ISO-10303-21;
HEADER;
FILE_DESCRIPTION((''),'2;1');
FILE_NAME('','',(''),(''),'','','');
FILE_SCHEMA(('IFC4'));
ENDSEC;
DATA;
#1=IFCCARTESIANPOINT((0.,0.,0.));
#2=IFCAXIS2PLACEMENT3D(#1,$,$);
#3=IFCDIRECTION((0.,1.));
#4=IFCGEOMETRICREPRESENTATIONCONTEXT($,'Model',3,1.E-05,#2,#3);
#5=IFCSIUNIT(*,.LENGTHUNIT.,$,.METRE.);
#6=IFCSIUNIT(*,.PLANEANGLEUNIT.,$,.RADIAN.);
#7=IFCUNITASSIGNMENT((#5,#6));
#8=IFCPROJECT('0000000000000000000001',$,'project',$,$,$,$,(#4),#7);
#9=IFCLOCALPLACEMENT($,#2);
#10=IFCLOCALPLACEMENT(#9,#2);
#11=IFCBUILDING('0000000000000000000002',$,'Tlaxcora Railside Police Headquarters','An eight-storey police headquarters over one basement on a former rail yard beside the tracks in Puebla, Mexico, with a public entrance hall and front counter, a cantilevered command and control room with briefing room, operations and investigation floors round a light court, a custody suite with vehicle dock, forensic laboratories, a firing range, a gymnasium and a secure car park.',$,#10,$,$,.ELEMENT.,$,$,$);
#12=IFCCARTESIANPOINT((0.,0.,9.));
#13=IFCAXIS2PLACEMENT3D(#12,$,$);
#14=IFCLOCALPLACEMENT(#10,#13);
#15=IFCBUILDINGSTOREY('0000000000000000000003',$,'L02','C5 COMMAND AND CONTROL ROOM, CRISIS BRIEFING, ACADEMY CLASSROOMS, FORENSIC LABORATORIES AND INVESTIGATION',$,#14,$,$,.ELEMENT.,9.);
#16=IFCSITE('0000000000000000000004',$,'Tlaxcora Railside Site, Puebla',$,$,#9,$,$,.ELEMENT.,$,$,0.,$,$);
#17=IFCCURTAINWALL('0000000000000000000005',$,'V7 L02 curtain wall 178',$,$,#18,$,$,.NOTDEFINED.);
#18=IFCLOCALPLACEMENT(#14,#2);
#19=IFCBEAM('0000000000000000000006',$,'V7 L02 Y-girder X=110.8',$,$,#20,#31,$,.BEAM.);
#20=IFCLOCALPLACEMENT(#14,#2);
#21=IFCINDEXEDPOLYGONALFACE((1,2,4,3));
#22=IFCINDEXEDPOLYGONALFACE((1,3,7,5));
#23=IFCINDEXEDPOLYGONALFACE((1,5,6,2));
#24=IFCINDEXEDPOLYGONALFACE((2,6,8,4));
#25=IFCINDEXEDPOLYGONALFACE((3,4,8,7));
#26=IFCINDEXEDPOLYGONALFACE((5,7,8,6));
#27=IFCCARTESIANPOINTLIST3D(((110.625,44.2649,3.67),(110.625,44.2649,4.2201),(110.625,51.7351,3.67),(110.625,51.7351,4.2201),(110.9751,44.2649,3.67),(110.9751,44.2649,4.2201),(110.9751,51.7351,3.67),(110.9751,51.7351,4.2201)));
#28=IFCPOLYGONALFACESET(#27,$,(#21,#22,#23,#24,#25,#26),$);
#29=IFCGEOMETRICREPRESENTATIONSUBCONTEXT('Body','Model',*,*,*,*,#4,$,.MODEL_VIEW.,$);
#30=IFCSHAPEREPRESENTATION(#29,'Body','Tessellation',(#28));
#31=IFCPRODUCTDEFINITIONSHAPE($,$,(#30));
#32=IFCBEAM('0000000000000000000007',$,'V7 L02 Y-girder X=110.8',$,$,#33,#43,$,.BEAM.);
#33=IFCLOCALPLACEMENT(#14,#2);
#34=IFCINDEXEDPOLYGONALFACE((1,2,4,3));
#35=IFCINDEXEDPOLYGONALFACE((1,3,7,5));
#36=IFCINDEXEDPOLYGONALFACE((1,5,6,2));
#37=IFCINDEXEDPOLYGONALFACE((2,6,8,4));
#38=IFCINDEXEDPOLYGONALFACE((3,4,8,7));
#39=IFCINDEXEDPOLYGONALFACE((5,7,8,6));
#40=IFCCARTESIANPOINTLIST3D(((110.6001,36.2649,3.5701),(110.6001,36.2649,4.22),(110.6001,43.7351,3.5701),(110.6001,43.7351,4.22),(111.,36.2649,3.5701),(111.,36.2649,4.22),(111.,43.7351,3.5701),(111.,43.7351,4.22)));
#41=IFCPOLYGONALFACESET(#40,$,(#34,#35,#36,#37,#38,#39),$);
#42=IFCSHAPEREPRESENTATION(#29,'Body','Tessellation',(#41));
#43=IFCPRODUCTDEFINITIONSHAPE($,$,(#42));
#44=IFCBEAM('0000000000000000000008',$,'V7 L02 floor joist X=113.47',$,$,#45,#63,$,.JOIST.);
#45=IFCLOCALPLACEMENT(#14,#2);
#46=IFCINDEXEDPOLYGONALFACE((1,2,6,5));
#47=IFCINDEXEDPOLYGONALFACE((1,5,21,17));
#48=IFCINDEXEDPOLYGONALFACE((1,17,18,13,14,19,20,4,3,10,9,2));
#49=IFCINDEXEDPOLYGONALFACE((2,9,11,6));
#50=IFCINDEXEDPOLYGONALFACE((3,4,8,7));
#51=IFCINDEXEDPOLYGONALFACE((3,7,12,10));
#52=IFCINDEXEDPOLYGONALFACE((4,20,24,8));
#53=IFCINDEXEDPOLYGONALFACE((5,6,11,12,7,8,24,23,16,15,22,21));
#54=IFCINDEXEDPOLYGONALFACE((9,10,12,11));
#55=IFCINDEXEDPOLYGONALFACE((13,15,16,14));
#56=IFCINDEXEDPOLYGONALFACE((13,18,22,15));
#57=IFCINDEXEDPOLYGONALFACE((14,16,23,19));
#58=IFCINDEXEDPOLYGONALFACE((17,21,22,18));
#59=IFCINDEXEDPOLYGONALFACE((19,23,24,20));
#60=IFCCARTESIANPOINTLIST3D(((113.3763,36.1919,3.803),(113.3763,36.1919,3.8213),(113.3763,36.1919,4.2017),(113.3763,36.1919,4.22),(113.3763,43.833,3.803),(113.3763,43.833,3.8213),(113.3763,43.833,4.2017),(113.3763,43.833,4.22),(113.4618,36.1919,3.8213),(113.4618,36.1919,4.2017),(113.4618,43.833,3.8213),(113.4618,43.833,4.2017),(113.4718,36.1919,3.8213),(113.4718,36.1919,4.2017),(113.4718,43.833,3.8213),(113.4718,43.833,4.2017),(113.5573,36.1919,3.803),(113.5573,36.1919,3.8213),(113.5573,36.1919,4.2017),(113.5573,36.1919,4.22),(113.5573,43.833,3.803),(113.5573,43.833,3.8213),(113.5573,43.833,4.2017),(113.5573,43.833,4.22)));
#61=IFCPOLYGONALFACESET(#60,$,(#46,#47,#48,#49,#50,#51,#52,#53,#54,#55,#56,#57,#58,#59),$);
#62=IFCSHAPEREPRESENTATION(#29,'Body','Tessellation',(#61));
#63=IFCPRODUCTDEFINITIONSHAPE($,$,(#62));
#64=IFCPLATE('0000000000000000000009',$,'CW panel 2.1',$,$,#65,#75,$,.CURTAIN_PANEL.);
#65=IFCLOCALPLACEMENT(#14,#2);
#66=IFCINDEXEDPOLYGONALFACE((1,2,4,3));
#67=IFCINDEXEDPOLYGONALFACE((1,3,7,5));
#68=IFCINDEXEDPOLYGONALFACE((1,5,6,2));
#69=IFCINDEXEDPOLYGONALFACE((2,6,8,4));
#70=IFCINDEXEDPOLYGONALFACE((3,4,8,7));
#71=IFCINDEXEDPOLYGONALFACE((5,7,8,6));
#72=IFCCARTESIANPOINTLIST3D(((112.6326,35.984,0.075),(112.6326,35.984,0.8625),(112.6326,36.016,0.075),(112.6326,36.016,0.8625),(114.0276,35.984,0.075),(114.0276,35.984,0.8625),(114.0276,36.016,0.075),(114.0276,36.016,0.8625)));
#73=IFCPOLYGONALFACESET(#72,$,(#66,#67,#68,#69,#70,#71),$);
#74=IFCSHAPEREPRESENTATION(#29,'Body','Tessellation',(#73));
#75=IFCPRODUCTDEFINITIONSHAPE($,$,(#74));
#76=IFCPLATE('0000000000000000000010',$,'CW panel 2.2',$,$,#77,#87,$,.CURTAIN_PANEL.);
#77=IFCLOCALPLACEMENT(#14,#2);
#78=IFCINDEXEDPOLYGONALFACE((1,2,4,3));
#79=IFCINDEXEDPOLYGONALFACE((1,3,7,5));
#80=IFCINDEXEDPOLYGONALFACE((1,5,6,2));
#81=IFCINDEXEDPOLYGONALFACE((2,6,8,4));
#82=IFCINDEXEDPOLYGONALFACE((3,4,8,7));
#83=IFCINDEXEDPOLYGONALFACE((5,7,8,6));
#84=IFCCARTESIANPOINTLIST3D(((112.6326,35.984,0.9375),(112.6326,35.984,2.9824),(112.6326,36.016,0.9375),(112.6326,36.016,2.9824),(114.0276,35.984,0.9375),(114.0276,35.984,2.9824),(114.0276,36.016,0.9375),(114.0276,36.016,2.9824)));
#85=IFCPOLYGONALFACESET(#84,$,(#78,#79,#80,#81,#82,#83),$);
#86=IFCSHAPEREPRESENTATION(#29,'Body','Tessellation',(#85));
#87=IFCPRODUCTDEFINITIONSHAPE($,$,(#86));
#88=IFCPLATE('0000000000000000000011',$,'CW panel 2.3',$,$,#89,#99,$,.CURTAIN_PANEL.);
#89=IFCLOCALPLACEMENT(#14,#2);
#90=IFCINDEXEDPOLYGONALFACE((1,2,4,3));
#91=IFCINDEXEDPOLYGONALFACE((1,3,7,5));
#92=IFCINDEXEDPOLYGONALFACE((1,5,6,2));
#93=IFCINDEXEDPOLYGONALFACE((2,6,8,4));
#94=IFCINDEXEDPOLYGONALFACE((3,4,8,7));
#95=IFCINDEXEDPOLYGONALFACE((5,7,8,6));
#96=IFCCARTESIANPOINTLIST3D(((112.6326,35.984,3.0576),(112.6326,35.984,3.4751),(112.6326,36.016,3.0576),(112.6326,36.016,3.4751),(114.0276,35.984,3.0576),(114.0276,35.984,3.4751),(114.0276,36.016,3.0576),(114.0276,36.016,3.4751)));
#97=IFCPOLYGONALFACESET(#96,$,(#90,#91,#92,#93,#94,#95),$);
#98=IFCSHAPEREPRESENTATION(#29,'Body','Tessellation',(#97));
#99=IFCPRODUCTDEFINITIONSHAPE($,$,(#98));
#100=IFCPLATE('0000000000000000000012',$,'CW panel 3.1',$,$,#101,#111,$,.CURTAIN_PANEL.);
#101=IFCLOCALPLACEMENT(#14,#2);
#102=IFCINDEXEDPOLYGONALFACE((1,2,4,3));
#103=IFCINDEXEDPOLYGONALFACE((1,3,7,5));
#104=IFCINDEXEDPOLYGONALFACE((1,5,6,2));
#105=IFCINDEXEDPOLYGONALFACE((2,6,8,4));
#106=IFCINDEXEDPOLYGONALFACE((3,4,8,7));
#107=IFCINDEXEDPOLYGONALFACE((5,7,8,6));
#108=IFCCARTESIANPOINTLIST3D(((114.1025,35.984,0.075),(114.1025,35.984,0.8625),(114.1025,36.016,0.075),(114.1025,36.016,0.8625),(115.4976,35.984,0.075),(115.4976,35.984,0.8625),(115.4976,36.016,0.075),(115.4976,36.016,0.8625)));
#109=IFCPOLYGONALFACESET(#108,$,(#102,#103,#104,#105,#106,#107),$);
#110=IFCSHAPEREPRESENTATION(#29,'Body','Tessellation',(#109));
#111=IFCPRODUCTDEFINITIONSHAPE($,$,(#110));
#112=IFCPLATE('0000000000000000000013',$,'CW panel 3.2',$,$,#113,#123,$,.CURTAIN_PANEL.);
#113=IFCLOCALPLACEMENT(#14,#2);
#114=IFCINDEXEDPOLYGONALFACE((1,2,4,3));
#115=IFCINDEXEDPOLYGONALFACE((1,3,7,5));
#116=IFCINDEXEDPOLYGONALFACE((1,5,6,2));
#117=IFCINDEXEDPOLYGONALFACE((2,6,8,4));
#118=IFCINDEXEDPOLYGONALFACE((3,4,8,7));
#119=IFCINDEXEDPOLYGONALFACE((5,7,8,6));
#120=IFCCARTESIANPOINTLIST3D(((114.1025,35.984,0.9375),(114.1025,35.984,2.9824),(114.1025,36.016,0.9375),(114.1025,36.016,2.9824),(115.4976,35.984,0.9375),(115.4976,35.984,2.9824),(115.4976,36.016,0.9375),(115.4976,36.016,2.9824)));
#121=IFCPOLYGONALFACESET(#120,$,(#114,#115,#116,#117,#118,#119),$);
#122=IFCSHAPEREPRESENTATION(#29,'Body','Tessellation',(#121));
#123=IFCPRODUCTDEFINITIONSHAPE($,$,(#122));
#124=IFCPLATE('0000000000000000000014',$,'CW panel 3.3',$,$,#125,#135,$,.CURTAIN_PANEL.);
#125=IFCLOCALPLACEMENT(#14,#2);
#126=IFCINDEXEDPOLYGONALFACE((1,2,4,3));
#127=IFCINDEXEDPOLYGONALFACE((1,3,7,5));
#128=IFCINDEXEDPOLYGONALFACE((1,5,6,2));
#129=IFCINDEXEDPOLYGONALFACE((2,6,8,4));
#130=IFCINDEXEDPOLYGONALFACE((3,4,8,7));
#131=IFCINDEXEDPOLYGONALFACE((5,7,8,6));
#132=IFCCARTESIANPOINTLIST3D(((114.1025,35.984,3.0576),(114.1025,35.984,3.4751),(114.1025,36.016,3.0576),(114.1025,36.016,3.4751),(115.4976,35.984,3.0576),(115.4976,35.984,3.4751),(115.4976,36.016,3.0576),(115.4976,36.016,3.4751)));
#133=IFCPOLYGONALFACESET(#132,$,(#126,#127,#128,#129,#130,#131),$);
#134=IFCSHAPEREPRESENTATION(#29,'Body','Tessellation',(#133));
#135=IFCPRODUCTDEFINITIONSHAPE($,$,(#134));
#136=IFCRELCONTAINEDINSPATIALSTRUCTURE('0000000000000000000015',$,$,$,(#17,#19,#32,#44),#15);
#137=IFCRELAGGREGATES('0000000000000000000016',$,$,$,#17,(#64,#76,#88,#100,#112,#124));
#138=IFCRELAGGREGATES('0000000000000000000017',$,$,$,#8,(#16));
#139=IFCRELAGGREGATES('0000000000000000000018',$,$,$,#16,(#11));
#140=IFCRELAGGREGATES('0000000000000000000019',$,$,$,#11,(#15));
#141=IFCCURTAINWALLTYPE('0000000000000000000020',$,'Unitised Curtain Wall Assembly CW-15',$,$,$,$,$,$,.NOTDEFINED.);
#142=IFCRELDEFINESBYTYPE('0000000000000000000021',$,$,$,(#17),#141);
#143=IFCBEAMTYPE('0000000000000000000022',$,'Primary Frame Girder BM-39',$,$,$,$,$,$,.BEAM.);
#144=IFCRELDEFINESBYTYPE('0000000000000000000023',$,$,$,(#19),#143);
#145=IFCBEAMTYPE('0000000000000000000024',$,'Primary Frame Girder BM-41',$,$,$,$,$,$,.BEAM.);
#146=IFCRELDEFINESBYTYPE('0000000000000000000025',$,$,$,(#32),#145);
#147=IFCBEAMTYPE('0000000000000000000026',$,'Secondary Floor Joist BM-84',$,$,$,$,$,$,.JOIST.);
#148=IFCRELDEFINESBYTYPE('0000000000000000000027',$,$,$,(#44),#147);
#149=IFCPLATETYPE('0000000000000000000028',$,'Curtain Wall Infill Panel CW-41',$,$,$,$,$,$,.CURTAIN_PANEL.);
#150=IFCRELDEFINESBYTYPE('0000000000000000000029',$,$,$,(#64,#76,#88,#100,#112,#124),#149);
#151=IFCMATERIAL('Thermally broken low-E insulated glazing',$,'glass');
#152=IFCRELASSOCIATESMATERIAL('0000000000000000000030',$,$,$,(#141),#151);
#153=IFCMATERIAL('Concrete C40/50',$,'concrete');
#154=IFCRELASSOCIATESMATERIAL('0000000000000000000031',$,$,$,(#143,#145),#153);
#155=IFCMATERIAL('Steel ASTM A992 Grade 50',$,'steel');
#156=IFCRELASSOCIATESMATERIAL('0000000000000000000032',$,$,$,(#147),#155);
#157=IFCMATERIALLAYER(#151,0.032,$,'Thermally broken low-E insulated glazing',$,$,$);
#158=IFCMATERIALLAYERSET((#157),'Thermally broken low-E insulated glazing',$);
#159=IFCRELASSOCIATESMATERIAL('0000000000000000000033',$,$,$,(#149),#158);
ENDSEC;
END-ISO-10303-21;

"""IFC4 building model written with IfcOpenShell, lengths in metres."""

from ifc_helpers import new_model, si_unit, direction, frame, origin, origin_2d, place, context, subcontext, project, spatial, rectangle, i_section, extrude, material, layer, layer_set, material_profile, profile_set, type_object, element, aggregate, save


model = new_model("IFC4")

# Units and contexts
model_context = context("Model", 3, precision=1e-05, world=origin(), true_north=direction((0.0, 1.0)))
body_context = subcontext(model_context, "Body", "Model", "MODEL_VIEW")
ifc_project = project(units=[si_unit("LENGTHUNIT", "METRE"), si_unit("PLANEANGLEUNIT", "RADIAN")], contexts=[model_context])

# Site, building, storey
site_placement = place(None, origin())
site = spatial("IfcSite", under=ifc_project, at=site_placement, Name="Tlaxcora Railside Site, Puebla", CompositionType="ELEMENT", RefElevation=0.0)
building_placement = place(site_placement, origin())
building = spatial("IfcBuilding", under=site, at=building_placement, Name="Tlaxcora Railside Police Headquarters", Description="An eight-storey police headquarters over one basement on a former rail yard beside the tracks in Puebla, Mexico, with a public entrance hall and front counter, a cantilevered command and control room with briefing room, operations and investigation floors round a light court, a custody suite with vehicle dock, forensic laboratories, a firing range, a gymnasium and a secure car park.", CompositionType="ELEMENT")
storey_placement = place(building_placement, frame((0.0, 0.0, 9.0)))
storey = spatial("IfcBuildingStorey", under=building, at=storey_placement, Name="L02", Description="C5 COMMAND AND CONTROL ROOM, CRISIS BRIEFING, ACADEMY CLASSROOMS, FORENSIC LABORATORIES AND INVESTIGATION", CompositionType="ELEMENT", Elevation=9.0)

# Shared definitions
ifc_material_1 = material(Name="Concrete C40/50", Category="concrete")

# Curtain wall
ifc_material_2 = material(Name="Thermally broken low-E insulated glazing", Category="glass")
curtain_wall_type = type_object("IfcCurtainWallType", Name="Unitised Curtain Wall Assembly CW-15", PredefinedType="NOTDEFINED", material=ifc_material_2)
curtain_wall_placement = place(storey_placement, origin())
curtain_wall = element("IfcCurtainWall", 1, at=curtain_wall_placement, inside=storey, type_object=curtain_wall_type, Name="V7 L02 curtain wall 178", PredefinedType="NOTDEFINED")

# Beams
ifc_material_profile_1 = material_profile(ifc_material_1, rectangle(XDim=0.3501, YDim=0.55, at=origin_2d()), Name="RC350X550")
ifc_profile_set_1 = profile_set([ifc_material_profile_1], Name="Concrete C40/50")
beam_type_1 = type_object("IfcBeamType", Name="Primary Frame Girder BM-39", PredefinedType="BEAM", material=ifc_profile_set_1)
beam_1_placement = place(storey_placement, frame((110.8, 44.2649, 3.9451), z_axis=(0.0, 1.0, 0.0), x_axis=(-1.0, 0.0, 0.0)))
element("IfcBeam", 2, at=beam_1_placement, inside=storey, type_object=beam_type_1, Name="V7 L02 Y-girder X=110.8", PredefinedType="BEAM", context=body_context, shape_type="SweptSolid", body=[
    extrude(rectangle(XDim=0.3501, YDim=0.55, at=origin_2d()), origin(), (0.0, 0.0, 1.0), 7.4702),
])
ifc_material_profile_2 = material_profile(ifc_material_1, rectangle(XDim=0.3999, YDim=0.6499, at=origin_2d()), Name="RC400X650")
ifc_profile_set_2 = profile_set([ifc_material_profile_2], Name="Concrete C40/50")
beam_type_2 = type_object("IfcBeamType", Name="Primary Frame Girder BM-41", PredefinedType="BEAM", material=ifc_profile_set_2)
beam_2_placement = place(storey_placement, frame((110.8, 36.2649, 3.895), z_axis=(0.0, 1.0, 0.0), x_axis=(-1.0, 0.0, 0.0)))
element("IfcBeam", 3, at=beam_2_placement, inside=storey, type_object=beam_type_2, Name="V7 L02 Y-girder X=110.8", PredefinedType="BEAM", context=body_context, shape_type="SweptSolid", body=[
    extrude(rectangle(XDim=0.3999, YDim=0.6499, at=origin_2d()), origin(), (0.0, 0.0, 1.0), 7.4702),
])
ifc_material_3 = material(Name="Steel ASTM A992 Grade 50", Category="steel")
ifc_material_profile_3 = material_profile(ifc_material_3, i_section(OverallWidth=0.1809, OverallDepth=0.417, WebThickness=0.01, FlangeThickness=0.0183, at=origin_2d()), Name="W16X57")
ifc_profile_set_3 = profile_set([ifc_material_profile_3], Name="Steel ASTM A992 Grade 50")
beam_type_3 = type_object("IfcBeamType", Name="Secondary Floor Joist BM-84", PredefinedType="JOIST", material=ifc_profile_set_3)
beam_3_placement = place(storey_placement, frame((113.4668, 36.1919, 4.0115), z_axis=(0.0, 1.0, 0.0), x_axis=(-1.0, 0.0, 0.0)))
element("IfcBeam", 4, at=beam_3_placement, inside=storey, type_object=beam_type_3, Name="V7 L02 floor joist X=113.47", PredefinedType="JOIST", context=body_context, shape_type="SweptSolid", body=[
    extrude(i_section(OverallWidth=0.1809, OverallDepth=0.417, WebThickness=0.01, FlangeThickness=0.0183, at=origin_2d()), origin(), (0.0, 0.0, 1.0), 7.6411),
])

# Plates
ifc_layer = layer(ifc_material_2, 0.032, Name="Thermally broken low-E insulated glazing")
ifc_layer_set = layer_set([ifc_layer], Name="Thermally broken low-E insulated glazing")
plate_type = type_object("IfcPlateType", Name="Curtain Wall Infill Panel CW-41", PredefinedType="CURTAIN_PANEL", material=ifc_layer_set)
plate_1_placement = place(storey_placement, frame((113.3301, 36.0, 0.075), z_axis=(0.0, 0.0, 1.0), x_axis=(1.0, 0.0, 0.0)))
plate_1 = element("IfcPlate", 5, at=plate_1_placement, type_object=plate_type, Name="CW panel 2.1", PredefinedType="CURTAIN_PANEL", context=body_context, shape_type="SweptSolid", body=[
    extrude(rectangle(XDim=1.395, YDim=0.032, at=origin_2d()), origin(), (0.0, 0.0, 1.0), 0.7876),
])
plate_2_placement = place(storey_placement, frame((113.3301, 36.0, 0.9375), z_axis=(0.0, 0.0, 1.0), x_axis=(1.0, 0.0, 0.0)))
plate_2 = element("IfcPlate", 6, at=plate_2_placement, type_object=plate_type, Name="CW panel 2.2", PredefinedType="CURTAIN_PANEL", context=body_context, shape_type="SweptSolid", body=[
    extrude(rectangle(XDim=1.395, YDim=0.032, at=origin_2d()), origin(), (0.0, 0.0, 1.0), 2.0449),
])
plate_3_placement = place(storey_placement, frame((113.3301, 36.0, 3.0576), z_axis=(0.0, 0.0, 1.0), x_axis=(1.0, 0.0, 0.0)))
plate_3 = element("IfcPlate", 7, at=plate_3_placement, type_object=plate_type, Name="CW panel 2.3", PredefinedType="CURTAIN_PANEL", context=body_context, shape_type="SweptSolid", body=[
    extrude(rectangle(XDim=1.395, YDim=0.032, at=origin_2d()), origin(), (0.0, 0.0, 1.0), 0.4175),
])
plate_4_placement = place(storey_placement, frame((114.8, 36.0, 0.075), z_axis=(0.0, 0.0, 1.0), x_axis=(1.0, 0.0, 0.0)))
plate_4 = element("IfcPlate", 8, at=plate_4_placement, type_object=plate_type, Name="CW panel 3.1", PredefinedType="CURTAIN_PANEL", context=body_context, shape_type="SweptSolid", body=[
    extrude(rectangle(XDim=1.395, YDim=0.032, at=origin_2d()), origin(), (0.0, 0.0, 1.0), 0.7876),
])
plate_5_placement = place(storey_placement, frame((114.8, 36.0, 0.9375), z_axis=(0.0, 0.0, 1.0), x_axis=(1.0, 0.0, 0.0)))
plate_5 = element("IfcPlate", 9, at=plate_5_placement, type_object=plate_type, Name="CW panel 3.2", PredefinedType="CURTAIN_PANEL", context=body_context, shape_type="SweptSolid", body=[
    extrude(rectangle(XDim=1.395, YDim=0.032, at=origin_2d()), origin(), (0.0, 0.0, 1.0), 2.0449),
])
plate_6_placement = place(storey_placement, frame((114.8, 36.0, 3.0576), z_axis=(0.0, 0.0, 1.0), x_axis=(1.0, 0.0, 0.0)))
plate_6 = element("IfcPlate", 10, at=plate_6_placement, type_object=plate_type, Name="CW panel 3.3", PredefinedType="CURTAIN_PANEL", context=body_context, shape_type="SweptSolid", body=[
    extrude(rectangle(XDim=1.395, YDim=0.032, at=origin_2d()), origin(), (0.0, 0.0, 1.0), 0.4175),
])
aggregate(curtain_wall, [plate_1, plate_2, plate_3, plate_4, plate_5, plate_6])

save(model, "model.ifc")
